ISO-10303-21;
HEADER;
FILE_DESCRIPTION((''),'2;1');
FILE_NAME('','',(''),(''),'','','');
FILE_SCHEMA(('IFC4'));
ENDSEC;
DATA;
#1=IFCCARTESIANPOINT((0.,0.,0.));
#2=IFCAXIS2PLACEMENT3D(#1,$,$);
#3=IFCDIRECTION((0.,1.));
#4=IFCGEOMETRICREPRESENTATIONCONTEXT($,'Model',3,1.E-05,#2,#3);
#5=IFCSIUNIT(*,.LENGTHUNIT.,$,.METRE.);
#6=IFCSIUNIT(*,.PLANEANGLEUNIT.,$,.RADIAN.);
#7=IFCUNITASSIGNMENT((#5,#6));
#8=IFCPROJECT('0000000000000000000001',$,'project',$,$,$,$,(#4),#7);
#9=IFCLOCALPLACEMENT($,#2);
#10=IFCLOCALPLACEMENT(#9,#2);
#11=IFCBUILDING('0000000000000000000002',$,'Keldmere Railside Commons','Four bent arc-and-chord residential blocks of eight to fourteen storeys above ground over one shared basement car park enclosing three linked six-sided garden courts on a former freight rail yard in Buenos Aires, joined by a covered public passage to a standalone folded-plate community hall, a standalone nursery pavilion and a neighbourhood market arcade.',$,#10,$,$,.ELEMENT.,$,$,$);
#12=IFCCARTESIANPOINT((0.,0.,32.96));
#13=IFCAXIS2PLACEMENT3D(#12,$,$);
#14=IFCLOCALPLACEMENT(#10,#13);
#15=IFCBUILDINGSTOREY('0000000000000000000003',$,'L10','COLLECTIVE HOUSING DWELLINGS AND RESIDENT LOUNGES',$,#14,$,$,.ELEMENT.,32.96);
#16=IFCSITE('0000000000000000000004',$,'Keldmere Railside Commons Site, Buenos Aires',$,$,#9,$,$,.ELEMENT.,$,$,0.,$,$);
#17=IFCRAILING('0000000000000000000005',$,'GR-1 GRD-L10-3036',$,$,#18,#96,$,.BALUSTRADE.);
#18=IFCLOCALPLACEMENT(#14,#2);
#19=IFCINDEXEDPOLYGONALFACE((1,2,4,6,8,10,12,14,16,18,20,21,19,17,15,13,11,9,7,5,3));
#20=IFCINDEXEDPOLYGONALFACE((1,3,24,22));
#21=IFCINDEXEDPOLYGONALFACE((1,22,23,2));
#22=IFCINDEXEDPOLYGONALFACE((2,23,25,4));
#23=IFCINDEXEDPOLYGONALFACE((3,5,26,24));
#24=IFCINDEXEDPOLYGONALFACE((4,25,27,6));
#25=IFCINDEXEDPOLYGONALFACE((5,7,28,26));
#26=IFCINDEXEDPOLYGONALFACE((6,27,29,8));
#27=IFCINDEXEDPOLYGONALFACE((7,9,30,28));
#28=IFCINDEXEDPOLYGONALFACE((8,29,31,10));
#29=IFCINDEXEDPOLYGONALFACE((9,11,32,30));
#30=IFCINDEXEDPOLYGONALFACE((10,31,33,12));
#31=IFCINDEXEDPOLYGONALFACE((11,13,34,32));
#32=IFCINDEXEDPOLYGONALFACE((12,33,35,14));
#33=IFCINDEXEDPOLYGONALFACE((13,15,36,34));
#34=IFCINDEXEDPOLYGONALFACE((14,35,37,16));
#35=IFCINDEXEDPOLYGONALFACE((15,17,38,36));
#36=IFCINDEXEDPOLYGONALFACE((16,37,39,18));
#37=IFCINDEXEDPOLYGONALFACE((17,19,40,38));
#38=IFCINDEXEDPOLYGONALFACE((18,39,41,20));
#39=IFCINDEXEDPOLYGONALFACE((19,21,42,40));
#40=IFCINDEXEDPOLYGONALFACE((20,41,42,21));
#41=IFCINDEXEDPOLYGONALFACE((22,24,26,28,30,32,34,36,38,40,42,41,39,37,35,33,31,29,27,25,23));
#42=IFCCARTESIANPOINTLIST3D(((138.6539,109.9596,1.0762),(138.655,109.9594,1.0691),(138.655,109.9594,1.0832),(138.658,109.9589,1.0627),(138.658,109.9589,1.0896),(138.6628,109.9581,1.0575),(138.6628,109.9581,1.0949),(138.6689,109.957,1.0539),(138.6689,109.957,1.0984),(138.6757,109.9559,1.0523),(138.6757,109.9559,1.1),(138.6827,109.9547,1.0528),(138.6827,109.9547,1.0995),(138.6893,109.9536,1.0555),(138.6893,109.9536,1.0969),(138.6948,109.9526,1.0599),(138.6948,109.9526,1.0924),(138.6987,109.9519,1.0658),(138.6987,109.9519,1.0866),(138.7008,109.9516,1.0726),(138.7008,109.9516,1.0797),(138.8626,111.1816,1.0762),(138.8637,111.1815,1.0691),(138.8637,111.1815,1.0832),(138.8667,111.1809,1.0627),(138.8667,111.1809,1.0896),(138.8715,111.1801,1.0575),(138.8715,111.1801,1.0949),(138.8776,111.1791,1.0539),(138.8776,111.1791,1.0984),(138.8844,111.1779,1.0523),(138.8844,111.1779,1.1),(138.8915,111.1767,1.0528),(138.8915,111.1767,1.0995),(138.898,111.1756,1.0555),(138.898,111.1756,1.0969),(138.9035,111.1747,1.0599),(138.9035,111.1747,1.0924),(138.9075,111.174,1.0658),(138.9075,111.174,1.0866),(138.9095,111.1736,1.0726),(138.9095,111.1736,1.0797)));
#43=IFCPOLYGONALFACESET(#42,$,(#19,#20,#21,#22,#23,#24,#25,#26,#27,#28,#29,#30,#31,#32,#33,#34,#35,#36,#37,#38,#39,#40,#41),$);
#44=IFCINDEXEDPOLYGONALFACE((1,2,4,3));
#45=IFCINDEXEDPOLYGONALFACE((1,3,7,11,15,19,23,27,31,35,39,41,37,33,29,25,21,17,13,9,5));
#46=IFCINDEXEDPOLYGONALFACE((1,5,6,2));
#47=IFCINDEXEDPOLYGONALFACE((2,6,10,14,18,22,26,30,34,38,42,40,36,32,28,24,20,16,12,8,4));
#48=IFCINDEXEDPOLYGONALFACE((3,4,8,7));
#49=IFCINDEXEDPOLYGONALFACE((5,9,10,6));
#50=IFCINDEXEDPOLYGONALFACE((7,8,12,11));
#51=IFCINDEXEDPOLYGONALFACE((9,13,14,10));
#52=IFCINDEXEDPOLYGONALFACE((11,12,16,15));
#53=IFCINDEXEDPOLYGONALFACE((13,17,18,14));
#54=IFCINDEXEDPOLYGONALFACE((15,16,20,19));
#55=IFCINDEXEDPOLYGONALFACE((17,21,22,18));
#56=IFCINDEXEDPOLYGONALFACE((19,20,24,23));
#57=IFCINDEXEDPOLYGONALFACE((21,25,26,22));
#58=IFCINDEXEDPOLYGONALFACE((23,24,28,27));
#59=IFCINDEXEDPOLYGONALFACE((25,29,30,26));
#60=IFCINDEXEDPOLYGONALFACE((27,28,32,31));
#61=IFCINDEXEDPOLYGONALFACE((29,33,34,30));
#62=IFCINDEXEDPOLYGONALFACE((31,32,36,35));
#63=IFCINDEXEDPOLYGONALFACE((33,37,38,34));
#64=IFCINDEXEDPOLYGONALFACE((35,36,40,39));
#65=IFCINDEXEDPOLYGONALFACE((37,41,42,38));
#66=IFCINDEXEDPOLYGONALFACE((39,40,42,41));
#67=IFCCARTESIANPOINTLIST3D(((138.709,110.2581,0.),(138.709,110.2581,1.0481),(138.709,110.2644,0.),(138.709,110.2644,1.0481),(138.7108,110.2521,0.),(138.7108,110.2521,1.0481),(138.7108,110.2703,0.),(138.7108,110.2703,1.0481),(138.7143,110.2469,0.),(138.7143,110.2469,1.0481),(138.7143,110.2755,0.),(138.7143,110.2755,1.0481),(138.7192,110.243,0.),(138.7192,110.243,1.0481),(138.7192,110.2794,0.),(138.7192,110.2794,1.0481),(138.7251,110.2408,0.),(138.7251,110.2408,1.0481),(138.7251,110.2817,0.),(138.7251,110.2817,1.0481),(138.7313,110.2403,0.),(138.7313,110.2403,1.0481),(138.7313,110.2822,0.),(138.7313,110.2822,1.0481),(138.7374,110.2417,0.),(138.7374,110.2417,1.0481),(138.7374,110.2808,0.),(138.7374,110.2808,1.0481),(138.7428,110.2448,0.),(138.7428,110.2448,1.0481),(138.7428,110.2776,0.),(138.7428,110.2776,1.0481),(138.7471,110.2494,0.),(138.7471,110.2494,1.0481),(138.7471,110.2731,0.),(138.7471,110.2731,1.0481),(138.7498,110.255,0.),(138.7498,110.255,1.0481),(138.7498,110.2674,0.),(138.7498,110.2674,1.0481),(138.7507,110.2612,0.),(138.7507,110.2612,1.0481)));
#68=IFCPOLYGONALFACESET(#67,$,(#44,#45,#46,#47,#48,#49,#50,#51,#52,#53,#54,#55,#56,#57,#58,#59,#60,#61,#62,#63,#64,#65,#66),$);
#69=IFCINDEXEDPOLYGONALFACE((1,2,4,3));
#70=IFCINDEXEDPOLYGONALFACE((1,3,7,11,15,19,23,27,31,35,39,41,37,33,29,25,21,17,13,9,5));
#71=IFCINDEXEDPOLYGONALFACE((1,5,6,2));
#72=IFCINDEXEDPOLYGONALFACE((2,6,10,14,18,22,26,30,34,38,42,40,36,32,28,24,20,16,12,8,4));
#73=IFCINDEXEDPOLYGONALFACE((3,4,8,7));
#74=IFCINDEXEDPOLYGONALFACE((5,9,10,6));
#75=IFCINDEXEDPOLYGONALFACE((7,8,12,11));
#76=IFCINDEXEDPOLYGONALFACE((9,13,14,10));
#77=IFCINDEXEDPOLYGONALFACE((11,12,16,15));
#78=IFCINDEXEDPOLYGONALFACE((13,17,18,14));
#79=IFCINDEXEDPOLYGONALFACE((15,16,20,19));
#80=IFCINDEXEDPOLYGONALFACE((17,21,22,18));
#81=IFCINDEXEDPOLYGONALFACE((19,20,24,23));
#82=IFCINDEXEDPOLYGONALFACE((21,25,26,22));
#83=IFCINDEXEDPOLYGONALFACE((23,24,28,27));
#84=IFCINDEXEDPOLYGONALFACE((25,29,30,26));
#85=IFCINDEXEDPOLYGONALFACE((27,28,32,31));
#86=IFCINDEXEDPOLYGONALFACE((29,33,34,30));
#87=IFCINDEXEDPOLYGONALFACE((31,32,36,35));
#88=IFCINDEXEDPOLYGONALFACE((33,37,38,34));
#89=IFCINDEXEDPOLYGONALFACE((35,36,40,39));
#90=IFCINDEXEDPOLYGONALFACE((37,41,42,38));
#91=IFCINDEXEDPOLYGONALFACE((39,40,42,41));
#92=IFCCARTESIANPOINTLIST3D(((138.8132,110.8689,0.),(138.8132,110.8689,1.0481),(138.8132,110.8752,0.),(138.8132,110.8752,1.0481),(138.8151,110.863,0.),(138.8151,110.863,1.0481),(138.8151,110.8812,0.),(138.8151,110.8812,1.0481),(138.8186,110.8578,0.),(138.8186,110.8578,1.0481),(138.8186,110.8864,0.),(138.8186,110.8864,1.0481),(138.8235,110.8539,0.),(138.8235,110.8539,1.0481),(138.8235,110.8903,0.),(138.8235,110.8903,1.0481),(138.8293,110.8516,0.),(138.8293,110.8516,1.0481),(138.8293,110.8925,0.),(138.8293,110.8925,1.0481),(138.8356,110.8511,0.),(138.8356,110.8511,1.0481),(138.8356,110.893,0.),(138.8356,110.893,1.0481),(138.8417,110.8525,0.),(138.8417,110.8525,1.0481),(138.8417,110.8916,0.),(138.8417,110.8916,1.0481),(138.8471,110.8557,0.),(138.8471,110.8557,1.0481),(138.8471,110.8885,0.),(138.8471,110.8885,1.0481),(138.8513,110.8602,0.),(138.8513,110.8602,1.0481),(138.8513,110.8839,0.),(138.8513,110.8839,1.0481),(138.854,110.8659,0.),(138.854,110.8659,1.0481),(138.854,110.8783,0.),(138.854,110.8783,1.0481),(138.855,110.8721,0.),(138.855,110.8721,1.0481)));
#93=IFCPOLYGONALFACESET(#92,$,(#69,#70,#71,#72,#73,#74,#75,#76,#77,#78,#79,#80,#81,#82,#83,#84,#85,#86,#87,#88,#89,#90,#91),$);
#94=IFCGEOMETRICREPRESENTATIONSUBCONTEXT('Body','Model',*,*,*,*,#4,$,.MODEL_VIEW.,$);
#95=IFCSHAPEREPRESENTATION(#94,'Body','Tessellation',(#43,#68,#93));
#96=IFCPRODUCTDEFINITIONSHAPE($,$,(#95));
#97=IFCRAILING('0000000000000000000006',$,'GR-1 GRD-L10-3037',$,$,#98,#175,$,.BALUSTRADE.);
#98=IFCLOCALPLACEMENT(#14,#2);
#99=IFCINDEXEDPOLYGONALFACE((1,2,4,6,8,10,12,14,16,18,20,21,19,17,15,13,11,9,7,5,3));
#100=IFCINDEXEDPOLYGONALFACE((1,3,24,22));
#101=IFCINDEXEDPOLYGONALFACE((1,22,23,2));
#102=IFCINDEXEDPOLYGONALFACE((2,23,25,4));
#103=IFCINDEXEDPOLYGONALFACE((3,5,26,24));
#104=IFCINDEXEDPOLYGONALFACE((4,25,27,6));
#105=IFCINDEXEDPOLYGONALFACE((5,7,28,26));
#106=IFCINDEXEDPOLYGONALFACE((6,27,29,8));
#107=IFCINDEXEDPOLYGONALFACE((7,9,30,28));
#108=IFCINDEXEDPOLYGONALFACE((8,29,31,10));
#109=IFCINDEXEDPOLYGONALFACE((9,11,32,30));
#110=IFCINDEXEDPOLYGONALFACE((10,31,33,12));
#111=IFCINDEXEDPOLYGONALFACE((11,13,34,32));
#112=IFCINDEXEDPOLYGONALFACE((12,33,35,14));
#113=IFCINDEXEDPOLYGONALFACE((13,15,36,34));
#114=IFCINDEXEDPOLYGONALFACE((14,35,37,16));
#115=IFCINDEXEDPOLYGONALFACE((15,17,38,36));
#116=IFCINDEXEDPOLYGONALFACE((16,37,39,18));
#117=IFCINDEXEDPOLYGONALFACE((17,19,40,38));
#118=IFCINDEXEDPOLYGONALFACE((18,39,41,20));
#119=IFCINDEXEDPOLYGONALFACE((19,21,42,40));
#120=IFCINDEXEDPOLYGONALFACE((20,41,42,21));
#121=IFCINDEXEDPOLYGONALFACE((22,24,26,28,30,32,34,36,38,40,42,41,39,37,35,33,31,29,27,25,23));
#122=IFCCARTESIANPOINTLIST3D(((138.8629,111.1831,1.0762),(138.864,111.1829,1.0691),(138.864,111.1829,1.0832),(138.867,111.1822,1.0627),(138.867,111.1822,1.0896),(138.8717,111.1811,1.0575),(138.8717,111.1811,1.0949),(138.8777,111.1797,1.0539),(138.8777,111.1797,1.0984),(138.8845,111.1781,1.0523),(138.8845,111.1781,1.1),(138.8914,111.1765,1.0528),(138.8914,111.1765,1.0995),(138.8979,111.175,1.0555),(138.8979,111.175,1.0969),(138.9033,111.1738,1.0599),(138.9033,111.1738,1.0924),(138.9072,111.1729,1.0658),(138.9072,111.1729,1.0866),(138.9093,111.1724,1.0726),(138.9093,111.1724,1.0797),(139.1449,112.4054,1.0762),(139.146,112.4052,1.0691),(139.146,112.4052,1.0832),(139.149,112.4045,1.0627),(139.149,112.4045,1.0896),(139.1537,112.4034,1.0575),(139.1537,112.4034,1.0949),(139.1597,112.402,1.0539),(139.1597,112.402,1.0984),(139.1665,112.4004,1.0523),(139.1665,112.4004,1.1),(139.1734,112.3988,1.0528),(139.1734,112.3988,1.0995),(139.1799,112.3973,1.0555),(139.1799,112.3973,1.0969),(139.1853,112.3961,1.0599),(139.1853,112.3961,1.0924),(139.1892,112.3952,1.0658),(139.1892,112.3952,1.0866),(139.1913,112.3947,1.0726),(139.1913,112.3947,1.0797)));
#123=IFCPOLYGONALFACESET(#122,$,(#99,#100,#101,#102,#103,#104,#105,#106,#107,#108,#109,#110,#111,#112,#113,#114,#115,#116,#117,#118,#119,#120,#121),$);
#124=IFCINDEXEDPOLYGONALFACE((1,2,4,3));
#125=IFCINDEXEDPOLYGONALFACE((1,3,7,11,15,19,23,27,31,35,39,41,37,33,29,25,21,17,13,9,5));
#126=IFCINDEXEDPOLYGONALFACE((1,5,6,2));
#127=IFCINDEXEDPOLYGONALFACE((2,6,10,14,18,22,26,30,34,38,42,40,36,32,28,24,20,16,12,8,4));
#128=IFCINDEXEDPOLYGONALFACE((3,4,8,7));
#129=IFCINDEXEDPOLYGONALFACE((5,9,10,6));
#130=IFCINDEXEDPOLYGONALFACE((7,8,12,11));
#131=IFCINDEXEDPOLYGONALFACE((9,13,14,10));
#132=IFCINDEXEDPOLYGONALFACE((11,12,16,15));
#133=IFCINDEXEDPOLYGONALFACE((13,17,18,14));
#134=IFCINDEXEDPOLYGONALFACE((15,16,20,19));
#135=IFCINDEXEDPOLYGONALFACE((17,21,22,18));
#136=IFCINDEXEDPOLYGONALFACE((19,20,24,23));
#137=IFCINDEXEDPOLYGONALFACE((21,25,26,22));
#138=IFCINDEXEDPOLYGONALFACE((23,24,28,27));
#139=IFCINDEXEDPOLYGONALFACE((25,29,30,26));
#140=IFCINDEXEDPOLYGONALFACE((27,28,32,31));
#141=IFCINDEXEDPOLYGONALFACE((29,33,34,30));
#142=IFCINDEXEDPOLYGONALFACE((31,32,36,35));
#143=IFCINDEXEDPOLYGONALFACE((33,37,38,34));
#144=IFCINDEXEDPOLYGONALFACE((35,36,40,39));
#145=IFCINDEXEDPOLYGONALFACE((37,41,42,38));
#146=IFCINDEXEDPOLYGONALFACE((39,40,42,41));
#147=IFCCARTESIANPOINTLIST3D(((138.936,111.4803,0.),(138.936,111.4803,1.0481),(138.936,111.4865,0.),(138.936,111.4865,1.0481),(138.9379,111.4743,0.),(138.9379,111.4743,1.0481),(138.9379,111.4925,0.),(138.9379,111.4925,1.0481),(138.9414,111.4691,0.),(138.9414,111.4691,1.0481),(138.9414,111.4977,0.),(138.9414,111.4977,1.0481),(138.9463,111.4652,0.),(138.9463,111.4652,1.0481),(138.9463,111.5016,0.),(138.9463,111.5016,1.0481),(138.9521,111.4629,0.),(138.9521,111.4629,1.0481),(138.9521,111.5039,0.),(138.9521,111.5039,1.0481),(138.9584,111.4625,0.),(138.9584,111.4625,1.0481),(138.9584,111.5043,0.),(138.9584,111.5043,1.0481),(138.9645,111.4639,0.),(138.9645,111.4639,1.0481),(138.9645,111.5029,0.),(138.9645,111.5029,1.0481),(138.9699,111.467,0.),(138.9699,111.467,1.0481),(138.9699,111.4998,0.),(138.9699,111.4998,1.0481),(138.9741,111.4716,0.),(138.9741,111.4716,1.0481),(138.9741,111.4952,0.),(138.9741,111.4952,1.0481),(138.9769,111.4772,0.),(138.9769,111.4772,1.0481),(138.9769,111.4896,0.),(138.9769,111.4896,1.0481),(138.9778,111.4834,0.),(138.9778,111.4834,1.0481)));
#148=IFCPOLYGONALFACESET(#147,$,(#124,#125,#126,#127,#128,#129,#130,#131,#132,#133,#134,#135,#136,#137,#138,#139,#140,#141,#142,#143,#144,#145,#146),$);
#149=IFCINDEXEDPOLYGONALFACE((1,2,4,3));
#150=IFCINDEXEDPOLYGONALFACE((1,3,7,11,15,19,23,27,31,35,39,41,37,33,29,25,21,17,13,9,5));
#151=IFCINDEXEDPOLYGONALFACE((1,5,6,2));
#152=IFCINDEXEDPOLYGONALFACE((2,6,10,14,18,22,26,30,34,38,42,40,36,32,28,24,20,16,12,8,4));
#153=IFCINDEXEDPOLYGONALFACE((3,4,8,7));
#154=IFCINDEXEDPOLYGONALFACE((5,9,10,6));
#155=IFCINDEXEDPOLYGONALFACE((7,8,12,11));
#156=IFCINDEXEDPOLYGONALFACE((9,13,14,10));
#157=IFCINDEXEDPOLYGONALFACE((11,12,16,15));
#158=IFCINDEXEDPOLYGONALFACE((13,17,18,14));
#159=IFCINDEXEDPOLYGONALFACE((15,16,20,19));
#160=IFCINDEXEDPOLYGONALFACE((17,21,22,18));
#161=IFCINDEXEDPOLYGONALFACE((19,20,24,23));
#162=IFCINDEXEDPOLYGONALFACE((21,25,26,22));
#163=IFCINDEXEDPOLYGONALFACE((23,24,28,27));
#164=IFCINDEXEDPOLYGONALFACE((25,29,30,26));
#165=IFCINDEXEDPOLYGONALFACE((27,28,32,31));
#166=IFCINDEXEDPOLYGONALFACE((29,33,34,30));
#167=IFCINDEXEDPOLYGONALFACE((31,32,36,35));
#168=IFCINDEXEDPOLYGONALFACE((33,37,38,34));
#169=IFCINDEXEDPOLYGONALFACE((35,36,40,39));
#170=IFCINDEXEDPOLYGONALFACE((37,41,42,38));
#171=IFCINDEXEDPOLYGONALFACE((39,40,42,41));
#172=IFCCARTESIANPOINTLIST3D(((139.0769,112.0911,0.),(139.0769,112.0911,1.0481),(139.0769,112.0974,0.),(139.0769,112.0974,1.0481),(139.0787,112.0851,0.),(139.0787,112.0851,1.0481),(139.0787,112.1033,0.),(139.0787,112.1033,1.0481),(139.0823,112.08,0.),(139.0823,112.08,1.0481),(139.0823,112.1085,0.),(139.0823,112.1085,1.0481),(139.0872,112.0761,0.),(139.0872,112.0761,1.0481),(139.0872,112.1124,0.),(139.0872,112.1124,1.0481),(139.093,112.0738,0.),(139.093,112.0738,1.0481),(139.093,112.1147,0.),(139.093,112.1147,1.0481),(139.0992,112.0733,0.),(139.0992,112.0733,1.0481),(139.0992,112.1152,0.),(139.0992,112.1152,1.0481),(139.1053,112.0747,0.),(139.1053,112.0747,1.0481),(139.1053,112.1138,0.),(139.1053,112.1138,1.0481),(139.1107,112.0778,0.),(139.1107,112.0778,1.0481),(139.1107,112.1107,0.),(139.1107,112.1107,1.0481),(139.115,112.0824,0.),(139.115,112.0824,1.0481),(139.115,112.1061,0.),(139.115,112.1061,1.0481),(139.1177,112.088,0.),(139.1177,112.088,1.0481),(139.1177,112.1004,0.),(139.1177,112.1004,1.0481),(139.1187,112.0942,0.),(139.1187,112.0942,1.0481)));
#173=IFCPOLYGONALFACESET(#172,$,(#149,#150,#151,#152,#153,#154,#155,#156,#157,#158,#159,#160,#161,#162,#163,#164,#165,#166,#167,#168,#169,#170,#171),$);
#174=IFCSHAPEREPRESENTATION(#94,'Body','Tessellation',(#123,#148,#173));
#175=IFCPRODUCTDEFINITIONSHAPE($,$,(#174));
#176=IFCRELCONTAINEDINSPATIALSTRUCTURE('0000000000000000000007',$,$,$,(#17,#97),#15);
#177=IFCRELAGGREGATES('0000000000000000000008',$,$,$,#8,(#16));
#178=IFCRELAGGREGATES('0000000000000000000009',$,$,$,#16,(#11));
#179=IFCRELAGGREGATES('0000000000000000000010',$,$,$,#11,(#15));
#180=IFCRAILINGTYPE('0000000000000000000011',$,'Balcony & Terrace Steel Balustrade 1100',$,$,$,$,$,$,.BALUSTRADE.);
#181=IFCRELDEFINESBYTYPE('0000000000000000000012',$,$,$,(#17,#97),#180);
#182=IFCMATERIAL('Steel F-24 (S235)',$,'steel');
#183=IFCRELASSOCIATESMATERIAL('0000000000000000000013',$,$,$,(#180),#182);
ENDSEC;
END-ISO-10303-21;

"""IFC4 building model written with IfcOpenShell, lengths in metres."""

from ifc_helpers import new_model, si_unit, direction, frame, origin, origin_2d, place, context, subcontext, project, spatial, circle, extrude, material, type_object, element, save


model = new_model("IFC4")

# Units and contexts
model_context = context("Model", 3, precision=1e-05, world=origin(), true_north=direction((0.0, 1.0)))
body_context = subcontext(model_context, "Body", "Model", "MODEL_VIEW")
ifc_project = project(units=[si_unit("LENGTHUNIT", "METRE"), si_unit("PLANEANGLEUNIT", "RADIAN")], contexts=[model_context])

# Site, building, storey
site_placement = place(None, origin())
site = spatial("IfcSite", under=ifc_project, at=site_placement, Name="Keldmere Railside Commons Site, Buenos Aires", CompositionType="ELEMENT", RefElevation=0.0)
building_placement = place(site_placement, origin())
building = spatial("IfcBuilding", under=site, at=building_placement, Name="Keldmere Railside Commons", Description="Four bent arc-and-chord residential blocks of eight to fourteen storeys above ground over one shared basement car park enclosing three linked six-sided garden courts on a former freight rail yard in Buenos Aires, joined by a covered public passage to a standalone folded-plate community hall, a standalone nursery pavilion and a neighbourhood market arcade.", CompositionType="ELEMENT")
storey_placement = place(building_placement, frame((0.0, 0.0, 32.96)))
storey = spatial("IfcBuildingStorey", under=building, at=storey_placement, Name="L10", Description="COLLECTIVE HOUSING DWELLINGS AND RESIDENT LOUNGES", CompositionType="ELEMENT", Elevation=32.96)

# Railings
ifc_material_1 = material(Name="Steel F-24 (S235)", Category="steel")
railing_type = type_object("IfcRailingType", Name="Balcony & Terrace Steel Balustrade 1100", PredefinedType="BALUSTRADE", material=ifc_material_1)
railing_1_placement = place(storey_placement, frame((138.6775, 109.9556, 0.0)))
element("IfcRailing", 1, at=railing_1_placement, inside=storey, type_object=railing_type, Name="GR-1 GRD-L10-3036", PredefinedType="BALUSTRADE", context=body_context, shape_type="SweptSolid", body=[
    extrude(circle(Radius=0.0239, at=origin_2d()), frame((0.0, 0.0, 1.0762), z_axis=(0.168357, 0.985726, 0.0), x_axis=(-0.985726, 0.168357, 0.0)), (0.0, 0.0, 1.0), 1.2397),
    extrude(circle(Radius=0.021, at=origin_2d()), frame((0.0522, 0.3057, 0.0)), (0.0, 0.0, 1.0), 1.0481),
    extrude(circle(Radius=0.021, at=origin_2d()), frame((0.1565, 0.9165, 0.0)), (0.0, 0.0, 1.0), 1.0481),
])
railing_2_placement = place(storey_placement, frame((138.8862, 111.1777, 0.0)))
element("IfcRailing", 2, at=railing_2_placement, inside=storey, type_object=railing_type, Name="GR-1 GRD-L10-3037", PredefinedType="BALUSTRADE", context=body_context, shape_type="SweptSolid", body=[
    extrude(circle(Radius=0.0239, at=origin_2d()), frame((0.0, 0.0, 1.0762), z_axis=(0.224817, 0.974401, 0.0), x_axis=(-0.974401, 0.224817, 0.0)), (0.0, 0.0, 1.0), 1.2544),
    extrude(circle(Radius=0.021, at=origin_2d()), frame((0.0706, 0.3057, 0.0)), (0.0, 0.0, 1.0), 1.0481),
    extrude(circle(Radius=0.021, at=origin_2d()), frame((0.2114, 0.9165, 0.0)), (0.0, 0.0, 1.0), 1.0481),
])

save(model, "model.ifc")
